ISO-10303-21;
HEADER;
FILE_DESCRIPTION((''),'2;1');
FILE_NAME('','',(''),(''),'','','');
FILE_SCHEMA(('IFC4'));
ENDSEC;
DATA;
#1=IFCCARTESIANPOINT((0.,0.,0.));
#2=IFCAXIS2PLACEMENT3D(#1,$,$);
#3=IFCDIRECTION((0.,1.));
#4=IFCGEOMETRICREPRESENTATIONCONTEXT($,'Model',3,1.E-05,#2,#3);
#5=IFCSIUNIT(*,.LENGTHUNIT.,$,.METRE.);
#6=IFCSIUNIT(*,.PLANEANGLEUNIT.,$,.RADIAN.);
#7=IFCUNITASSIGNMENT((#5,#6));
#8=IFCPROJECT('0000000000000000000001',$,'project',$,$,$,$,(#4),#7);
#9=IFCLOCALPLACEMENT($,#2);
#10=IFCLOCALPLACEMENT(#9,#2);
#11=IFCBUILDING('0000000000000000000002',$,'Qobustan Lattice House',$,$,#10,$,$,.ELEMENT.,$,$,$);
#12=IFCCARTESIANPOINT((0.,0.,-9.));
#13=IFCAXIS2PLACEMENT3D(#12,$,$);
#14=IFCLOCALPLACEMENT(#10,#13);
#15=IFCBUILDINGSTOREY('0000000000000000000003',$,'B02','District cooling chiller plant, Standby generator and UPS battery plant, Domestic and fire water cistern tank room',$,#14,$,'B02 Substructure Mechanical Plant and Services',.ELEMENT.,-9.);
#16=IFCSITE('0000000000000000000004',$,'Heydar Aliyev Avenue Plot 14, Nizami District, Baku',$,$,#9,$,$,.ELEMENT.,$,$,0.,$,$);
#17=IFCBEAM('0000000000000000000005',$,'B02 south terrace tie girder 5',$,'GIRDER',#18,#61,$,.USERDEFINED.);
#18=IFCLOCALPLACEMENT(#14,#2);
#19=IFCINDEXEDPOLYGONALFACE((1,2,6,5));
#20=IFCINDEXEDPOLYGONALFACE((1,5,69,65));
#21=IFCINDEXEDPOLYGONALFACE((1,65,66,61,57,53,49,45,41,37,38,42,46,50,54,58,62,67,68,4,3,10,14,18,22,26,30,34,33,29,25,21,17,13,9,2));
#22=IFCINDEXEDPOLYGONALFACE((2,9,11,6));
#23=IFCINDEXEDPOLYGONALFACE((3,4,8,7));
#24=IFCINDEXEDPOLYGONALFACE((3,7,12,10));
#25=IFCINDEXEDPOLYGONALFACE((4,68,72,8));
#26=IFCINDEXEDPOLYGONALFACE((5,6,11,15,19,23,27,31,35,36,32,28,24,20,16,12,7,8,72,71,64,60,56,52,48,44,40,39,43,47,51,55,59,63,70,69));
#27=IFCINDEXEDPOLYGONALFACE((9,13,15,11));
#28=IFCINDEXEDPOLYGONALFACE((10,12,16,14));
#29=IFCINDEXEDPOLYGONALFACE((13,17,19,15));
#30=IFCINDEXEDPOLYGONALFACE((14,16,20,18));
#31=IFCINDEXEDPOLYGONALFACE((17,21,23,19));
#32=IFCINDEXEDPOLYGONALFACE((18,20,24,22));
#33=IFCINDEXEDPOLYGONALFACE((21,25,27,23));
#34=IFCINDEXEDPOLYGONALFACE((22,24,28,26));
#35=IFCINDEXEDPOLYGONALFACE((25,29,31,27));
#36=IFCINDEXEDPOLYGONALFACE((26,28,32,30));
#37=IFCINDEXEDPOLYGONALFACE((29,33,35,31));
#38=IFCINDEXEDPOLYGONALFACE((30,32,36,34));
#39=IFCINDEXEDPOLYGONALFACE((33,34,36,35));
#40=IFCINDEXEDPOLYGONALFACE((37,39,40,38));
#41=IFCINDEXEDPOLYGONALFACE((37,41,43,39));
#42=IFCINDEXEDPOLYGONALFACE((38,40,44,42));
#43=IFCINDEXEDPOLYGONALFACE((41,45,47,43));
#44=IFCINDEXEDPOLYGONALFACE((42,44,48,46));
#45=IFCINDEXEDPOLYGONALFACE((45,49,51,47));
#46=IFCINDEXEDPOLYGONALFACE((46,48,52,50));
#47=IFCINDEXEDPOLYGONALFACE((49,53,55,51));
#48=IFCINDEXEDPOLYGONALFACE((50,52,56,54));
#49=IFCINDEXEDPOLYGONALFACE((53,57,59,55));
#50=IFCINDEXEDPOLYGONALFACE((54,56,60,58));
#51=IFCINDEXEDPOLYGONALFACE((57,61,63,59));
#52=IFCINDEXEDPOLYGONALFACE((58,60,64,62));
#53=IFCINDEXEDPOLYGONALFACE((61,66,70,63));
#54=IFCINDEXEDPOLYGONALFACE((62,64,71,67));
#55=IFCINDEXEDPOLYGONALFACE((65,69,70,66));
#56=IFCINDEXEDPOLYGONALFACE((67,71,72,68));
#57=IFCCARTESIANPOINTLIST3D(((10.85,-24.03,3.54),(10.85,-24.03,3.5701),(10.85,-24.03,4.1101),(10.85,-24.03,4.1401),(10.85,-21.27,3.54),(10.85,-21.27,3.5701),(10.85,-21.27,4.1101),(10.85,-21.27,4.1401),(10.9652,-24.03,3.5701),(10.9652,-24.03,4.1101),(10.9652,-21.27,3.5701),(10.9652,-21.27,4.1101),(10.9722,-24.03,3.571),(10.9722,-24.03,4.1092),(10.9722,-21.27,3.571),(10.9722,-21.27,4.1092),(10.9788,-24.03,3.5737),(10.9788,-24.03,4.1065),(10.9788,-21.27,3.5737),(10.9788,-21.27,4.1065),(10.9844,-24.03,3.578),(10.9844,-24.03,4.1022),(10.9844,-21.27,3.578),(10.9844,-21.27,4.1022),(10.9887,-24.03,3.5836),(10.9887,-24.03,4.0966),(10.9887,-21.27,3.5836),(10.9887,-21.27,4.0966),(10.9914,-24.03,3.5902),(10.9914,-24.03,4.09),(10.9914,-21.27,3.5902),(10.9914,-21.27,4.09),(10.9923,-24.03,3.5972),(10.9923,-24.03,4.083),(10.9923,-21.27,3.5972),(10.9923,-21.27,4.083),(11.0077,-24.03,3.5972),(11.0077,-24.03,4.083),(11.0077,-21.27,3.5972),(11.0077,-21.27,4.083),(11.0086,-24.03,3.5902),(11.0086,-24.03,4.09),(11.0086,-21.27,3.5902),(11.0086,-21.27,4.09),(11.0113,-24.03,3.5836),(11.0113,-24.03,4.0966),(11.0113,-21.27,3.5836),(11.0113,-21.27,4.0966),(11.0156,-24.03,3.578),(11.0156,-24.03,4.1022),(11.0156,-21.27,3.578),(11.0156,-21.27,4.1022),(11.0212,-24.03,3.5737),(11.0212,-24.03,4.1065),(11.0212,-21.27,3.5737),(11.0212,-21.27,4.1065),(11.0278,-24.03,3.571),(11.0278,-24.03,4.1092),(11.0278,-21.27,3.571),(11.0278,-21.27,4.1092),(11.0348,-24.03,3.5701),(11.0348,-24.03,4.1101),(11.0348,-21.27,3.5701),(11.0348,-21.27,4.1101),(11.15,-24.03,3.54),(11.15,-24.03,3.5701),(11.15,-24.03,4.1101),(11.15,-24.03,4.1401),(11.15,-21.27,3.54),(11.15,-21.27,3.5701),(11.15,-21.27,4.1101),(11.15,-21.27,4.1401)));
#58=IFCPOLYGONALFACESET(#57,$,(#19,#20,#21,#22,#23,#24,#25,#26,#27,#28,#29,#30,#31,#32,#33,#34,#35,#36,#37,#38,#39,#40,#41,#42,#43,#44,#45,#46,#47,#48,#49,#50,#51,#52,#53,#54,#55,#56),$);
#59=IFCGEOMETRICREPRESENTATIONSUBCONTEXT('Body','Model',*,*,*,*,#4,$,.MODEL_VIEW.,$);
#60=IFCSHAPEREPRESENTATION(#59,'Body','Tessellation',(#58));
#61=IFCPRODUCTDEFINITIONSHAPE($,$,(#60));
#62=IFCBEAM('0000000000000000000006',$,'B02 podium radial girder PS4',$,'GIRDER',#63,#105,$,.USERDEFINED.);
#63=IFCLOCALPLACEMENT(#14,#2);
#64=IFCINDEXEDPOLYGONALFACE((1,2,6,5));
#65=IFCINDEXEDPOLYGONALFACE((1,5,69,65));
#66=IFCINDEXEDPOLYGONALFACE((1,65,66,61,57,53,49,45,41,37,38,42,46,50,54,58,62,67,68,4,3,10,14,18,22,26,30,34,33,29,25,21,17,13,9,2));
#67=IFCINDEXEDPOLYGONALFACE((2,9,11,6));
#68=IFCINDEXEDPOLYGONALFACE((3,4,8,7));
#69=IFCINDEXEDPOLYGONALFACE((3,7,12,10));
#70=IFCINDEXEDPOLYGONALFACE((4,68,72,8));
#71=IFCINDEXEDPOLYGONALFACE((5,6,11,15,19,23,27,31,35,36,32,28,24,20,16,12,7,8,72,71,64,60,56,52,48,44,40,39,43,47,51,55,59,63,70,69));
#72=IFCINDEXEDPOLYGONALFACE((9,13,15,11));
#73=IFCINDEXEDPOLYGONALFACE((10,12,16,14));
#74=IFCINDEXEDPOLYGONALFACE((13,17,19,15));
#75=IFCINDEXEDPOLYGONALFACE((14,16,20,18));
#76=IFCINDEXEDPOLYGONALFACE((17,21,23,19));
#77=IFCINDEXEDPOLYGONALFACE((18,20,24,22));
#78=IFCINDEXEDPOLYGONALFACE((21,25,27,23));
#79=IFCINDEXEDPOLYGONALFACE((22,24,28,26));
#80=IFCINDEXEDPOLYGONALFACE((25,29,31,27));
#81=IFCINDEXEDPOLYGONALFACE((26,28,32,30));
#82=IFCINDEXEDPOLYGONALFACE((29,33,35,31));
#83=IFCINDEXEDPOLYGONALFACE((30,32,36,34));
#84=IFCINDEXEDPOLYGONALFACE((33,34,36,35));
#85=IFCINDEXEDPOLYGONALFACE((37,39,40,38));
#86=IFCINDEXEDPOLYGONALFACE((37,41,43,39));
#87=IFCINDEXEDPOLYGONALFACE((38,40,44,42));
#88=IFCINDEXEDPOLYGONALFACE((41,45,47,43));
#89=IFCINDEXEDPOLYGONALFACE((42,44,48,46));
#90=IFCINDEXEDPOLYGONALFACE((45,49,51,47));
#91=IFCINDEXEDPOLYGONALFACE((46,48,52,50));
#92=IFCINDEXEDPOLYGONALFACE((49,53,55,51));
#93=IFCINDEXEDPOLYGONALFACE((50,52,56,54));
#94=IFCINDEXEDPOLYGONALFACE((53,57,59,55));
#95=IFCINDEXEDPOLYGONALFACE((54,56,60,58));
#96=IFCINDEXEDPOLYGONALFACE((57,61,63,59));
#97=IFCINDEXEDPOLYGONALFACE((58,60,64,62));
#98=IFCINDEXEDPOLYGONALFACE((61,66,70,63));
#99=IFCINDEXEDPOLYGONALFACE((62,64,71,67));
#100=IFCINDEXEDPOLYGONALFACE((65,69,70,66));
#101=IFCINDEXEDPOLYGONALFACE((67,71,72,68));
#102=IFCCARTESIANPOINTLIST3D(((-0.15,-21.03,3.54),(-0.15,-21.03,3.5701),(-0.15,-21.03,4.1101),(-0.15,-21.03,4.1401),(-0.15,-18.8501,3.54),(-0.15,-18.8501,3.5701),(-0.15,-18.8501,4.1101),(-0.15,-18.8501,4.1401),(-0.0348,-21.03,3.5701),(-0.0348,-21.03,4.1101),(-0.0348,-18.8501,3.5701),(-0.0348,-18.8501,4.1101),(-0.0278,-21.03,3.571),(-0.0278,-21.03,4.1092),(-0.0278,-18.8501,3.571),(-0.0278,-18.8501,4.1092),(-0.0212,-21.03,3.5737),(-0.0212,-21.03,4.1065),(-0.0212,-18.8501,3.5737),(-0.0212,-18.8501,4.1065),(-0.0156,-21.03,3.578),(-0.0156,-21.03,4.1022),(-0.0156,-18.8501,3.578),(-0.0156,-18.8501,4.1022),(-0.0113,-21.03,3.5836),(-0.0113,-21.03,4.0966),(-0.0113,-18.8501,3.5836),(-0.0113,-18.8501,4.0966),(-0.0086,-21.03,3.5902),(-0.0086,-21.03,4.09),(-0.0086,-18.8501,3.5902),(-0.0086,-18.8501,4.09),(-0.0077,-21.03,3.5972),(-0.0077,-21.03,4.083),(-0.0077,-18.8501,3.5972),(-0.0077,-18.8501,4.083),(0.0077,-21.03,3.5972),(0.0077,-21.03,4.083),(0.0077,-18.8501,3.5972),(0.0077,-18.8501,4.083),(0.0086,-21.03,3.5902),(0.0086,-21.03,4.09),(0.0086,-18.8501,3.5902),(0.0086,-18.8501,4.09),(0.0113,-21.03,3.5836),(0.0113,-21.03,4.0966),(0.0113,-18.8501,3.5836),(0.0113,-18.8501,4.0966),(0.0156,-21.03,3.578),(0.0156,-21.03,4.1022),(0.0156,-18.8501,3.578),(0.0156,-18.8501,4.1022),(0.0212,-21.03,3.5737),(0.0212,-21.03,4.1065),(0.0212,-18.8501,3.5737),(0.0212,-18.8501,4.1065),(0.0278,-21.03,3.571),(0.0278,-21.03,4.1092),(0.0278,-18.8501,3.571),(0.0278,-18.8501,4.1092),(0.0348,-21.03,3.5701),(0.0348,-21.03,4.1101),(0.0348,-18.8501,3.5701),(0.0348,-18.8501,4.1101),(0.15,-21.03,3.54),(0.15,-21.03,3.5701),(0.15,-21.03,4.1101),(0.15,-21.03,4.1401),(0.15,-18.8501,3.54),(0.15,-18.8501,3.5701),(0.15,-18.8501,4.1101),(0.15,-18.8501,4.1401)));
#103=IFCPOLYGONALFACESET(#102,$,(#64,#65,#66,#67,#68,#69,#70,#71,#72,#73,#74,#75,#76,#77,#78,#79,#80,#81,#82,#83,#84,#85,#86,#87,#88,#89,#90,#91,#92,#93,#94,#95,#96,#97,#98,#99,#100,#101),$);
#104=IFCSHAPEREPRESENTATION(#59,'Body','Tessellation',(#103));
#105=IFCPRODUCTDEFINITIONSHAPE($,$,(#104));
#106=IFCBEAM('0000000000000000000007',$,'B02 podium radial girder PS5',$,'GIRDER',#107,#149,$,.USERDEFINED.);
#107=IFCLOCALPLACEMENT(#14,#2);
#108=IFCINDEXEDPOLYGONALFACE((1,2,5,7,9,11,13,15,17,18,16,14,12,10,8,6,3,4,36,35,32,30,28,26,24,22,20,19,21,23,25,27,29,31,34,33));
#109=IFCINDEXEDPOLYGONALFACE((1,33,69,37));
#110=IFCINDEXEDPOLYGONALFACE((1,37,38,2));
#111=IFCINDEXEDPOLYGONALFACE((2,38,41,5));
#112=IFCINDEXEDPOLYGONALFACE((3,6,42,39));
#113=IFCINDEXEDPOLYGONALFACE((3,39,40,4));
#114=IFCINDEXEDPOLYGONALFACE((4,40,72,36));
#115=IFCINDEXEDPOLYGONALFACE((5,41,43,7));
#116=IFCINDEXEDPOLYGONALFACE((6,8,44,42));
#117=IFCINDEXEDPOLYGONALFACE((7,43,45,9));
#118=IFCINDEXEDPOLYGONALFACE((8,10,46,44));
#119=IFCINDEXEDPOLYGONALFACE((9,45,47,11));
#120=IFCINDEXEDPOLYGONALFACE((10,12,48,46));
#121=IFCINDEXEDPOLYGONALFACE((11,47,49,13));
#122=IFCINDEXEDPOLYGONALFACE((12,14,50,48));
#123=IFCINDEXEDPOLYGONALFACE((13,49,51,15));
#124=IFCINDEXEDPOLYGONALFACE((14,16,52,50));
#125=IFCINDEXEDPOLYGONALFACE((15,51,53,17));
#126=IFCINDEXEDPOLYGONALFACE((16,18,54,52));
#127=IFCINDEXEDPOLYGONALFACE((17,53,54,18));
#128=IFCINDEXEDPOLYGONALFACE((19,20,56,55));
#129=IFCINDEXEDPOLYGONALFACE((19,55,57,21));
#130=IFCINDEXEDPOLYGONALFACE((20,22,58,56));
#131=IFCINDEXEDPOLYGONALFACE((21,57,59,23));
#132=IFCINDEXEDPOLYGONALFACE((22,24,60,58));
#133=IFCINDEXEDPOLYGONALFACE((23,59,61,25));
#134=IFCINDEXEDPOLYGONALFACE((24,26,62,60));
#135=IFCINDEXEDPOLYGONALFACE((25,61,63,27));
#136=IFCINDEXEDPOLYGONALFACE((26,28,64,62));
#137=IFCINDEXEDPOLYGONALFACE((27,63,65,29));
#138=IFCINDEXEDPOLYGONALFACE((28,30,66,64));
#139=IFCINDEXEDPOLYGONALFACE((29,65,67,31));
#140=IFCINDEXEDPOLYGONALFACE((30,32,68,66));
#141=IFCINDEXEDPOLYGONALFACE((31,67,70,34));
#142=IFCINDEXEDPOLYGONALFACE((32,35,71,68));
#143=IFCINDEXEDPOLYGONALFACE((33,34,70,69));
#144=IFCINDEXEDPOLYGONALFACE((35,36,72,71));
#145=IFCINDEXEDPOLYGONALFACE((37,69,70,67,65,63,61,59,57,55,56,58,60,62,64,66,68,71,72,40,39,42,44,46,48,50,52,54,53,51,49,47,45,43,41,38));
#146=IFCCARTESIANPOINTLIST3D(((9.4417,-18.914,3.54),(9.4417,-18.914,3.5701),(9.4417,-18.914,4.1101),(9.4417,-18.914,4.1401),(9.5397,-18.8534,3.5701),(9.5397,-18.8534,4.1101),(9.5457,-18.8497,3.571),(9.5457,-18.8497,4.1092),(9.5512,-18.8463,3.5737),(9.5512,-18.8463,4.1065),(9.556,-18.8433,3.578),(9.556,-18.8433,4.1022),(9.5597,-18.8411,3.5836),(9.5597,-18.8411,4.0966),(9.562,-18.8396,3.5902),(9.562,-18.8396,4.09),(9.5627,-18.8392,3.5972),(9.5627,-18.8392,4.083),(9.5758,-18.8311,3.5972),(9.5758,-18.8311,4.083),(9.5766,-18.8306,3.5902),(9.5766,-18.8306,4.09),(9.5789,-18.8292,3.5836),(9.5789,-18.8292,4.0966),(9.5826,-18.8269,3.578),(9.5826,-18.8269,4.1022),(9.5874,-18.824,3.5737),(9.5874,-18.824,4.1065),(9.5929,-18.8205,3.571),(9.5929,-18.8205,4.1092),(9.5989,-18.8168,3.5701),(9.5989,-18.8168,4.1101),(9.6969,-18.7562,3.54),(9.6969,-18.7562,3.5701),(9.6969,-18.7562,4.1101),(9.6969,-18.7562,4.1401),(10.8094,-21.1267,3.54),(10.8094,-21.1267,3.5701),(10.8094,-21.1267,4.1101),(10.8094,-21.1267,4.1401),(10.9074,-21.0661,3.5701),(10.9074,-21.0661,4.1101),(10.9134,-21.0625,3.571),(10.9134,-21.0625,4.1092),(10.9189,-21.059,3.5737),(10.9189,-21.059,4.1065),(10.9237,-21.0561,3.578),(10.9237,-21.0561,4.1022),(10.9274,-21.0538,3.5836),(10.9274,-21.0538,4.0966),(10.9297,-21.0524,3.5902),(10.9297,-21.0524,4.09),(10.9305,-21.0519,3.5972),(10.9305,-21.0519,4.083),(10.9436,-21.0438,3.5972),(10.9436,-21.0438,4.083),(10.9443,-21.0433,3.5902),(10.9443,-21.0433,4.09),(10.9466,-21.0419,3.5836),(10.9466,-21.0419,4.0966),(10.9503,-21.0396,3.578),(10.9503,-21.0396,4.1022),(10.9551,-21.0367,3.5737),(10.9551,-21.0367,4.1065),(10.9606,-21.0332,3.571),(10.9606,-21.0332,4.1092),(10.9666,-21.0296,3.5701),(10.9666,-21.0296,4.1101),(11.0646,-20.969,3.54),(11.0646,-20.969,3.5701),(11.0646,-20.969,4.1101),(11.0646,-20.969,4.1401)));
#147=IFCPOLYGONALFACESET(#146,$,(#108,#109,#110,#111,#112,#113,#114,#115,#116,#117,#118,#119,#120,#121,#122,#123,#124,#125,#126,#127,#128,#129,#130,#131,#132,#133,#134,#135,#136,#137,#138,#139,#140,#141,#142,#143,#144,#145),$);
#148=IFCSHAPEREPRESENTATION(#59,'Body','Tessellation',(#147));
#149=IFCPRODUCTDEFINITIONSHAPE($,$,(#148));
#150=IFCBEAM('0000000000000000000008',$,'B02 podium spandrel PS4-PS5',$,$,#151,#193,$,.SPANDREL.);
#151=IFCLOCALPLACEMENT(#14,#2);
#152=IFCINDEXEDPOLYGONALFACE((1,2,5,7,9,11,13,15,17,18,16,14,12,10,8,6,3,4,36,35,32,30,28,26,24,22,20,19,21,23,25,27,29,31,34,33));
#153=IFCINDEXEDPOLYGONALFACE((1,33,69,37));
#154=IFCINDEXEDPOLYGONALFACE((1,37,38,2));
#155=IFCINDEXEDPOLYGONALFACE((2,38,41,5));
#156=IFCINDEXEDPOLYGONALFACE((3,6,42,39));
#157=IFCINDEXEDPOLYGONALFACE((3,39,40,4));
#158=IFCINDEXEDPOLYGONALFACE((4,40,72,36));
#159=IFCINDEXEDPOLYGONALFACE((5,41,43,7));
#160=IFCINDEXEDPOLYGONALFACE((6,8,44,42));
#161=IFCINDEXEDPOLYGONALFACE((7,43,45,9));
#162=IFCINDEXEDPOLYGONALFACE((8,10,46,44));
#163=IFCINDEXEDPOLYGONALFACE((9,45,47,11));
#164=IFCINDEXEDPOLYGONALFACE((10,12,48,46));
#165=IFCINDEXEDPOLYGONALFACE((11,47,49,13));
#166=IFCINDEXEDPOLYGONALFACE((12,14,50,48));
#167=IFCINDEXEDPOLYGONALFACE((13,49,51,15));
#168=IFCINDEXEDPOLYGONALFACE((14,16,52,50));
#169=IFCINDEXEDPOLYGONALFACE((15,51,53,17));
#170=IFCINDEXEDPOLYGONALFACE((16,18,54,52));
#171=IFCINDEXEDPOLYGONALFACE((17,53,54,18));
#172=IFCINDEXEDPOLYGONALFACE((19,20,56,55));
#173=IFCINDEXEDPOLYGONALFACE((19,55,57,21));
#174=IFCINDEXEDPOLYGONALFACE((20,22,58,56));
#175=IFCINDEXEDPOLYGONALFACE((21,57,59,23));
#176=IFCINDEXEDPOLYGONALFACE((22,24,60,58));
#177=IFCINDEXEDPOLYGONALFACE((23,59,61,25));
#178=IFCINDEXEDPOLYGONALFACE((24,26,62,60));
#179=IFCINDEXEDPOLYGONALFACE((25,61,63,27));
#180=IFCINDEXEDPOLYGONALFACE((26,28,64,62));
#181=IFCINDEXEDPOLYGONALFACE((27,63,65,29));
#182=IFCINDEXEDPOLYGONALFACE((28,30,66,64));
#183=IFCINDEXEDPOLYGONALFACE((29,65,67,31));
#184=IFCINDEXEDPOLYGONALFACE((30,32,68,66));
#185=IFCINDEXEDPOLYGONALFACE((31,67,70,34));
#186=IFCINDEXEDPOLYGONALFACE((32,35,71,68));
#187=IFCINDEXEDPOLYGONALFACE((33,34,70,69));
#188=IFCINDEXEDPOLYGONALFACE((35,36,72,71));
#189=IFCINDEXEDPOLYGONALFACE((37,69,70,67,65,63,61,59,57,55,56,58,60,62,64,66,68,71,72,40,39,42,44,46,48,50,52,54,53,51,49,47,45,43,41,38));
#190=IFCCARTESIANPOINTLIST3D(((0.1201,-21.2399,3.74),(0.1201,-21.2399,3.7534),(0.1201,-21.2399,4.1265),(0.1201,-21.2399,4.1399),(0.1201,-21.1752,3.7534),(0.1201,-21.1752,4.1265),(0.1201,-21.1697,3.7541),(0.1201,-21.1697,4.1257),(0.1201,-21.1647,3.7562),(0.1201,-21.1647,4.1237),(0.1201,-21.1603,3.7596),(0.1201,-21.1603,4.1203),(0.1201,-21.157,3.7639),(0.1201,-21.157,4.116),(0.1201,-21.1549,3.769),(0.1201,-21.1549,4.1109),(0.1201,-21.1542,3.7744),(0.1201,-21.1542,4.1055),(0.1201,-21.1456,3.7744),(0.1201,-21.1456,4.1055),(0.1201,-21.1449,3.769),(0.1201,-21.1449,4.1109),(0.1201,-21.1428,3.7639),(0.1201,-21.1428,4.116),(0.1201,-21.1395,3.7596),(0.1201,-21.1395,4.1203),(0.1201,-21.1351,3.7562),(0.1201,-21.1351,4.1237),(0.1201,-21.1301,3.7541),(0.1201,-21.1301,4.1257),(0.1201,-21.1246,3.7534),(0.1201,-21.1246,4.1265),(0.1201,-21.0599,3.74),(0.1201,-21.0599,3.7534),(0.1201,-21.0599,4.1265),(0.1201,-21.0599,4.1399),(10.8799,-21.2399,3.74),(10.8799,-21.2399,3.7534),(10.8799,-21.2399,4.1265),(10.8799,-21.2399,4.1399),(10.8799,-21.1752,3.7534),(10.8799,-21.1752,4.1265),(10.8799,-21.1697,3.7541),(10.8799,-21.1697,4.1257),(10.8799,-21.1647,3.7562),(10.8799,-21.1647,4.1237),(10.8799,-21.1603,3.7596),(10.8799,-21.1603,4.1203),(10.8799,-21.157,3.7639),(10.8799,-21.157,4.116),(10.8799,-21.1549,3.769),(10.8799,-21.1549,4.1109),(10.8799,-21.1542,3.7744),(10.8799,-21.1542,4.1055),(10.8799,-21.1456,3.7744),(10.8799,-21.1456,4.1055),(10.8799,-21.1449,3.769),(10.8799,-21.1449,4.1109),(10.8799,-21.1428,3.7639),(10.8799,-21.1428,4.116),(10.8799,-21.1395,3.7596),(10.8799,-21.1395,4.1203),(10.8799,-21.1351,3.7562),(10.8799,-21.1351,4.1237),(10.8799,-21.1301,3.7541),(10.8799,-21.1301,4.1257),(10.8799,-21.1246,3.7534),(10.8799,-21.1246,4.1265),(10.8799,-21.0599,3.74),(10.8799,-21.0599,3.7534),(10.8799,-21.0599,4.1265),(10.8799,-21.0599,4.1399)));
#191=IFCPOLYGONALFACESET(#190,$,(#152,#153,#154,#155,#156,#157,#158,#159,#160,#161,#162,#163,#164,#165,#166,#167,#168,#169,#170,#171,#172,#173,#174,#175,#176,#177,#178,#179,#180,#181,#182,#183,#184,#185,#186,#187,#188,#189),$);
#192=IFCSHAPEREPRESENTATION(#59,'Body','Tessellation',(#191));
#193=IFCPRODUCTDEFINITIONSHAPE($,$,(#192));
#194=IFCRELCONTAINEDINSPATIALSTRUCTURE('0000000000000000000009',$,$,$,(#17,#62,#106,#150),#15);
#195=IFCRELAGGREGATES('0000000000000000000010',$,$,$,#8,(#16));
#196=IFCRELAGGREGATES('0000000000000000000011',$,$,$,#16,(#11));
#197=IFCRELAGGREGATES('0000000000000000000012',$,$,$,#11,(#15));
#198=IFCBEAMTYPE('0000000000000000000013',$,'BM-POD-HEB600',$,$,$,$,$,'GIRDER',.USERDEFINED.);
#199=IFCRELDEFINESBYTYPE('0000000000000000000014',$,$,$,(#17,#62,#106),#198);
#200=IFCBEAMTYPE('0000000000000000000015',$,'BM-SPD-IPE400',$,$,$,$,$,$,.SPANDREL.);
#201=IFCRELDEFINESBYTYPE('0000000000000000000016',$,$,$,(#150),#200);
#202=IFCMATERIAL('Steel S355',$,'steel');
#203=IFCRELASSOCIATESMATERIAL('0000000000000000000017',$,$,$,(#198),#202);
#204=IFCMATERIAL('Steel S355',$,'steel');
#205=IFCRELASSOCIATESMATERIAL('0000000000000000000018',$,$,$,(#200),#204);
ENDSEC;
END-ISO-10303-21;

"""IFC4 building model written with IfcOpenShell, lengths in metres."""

from ifc_helpers import new_model, si_unit, direction, frame, origin, origin_2d, place, context, subcontext, project, spatial, i_section, extrude, material, material_profile, profile_set, type_object, element, save


model = new_model("IFC4")

# Units and contexts
model_context = context("Model", 3, precision=1e-05, world=origin(), true_north=direction((0.0, 1.0)))
body_context = subcontext(model_context, "Body", "Model", "MODEL_VIEW")
ifc_project = project(units=[si_unit("LENGTHUNIT", "METRE"), si_unit("PLANEANGLEUNIT", "RADIAN")], contexts=[model_context])

# Site, building, storey
site_placement = place(None, origin())
site = spatial("IfcSite", under=ifc_project, at=site_placement, Name="Heydar Aliyev Avenue Plot 14, Nizami District, Baku", CompositionType="ELEMENT", RefElevation=0.0)
building_placement = place(site_placement, origin())
building = spatial("IfcBuilding", under=site, at=building_placement, Name="Qobustan Lattice House", CompositionType="ELEMENT")
storey_placement = place(building_placement, frame((0.0, 0.0, -9.0)))
storey = spatial("IfcBuildingStorey", under=building, at=storey_placement, Name="B02", Description="District cooling chiller plant, Standby generator and UPS battery plant, Domestic and fire water cistern tank room", LongName="B02 Substructure Mechanical Plant and Services", CompositionType="ELEMENT", Elevation=-9.0)

# Beams
ifc_material_1 = material(Name="Steel S355", Category="steel")
ifc_material_profile_1 = material_profile(ifc_material_1, i_section(OverallWidth=0.3, OverallDepth=0.6001, WebThickness=0.0154, FlangeThickness=0.03, FilletRadius=0.0271, at=origin_2d()), Name="HEB600")
ifc_profile_set_1 = profile_set([ifc_material_profile_1], Name="Steel S355")
beam_type_1 = type_object("IfcBeamType", Name="BM-POD-HEB600", ElementType="GIRDER", PredefinedType="USERDEFINED", material=ifc_profile_set_1)
for number, where, z_axis, x_axis, name in (
    (1, (11.0, -24.03, 3.8401), (0.0, 1.0, 0.0), (-1.0, 0.0, 0.0), "B02 south terrace tie girder 5"),
):
    element("IfcBeam", number, at=place(storey_placement, frame(where, z_axis=z_axis, x_axis=x_axis)), inside=storey, type_object=beam_type_1, Name=name, ObjectType="GIRDER", PredefinedType="USERDEFINED", context=body_context, shape_type="SweptSolid", body=[
        extrude(i_section(OverallWidth=0.3, OverallDepth=0.6001, WebThickness=0.0154, FlangeThickness=0.03, FilletRadius=0.0271, at=origin_2d()), origin(), (0.0, 0.0, 1.0), 2.76),
    ])
beam_1_placement = place(storey_placement, frame((0.0, -21.03, 3.8401), z_axis=(0.0, 1.0, 0.0), x_axis=(-1.0, 0.0, 0.0)))
element("IfcBeam", 2, at=beam_1_placement, inside=storey, type_object=beam_type_1, Name="B02 podium radial girder PS4", ObjectType="GIRDER", PredefinedType="USERDEFINED", context=body_context, shape_type="SweptSolid", body=[
    extrude(i_section(OverallWidth=0.3, OverallDepth=0.6001, WebThickness=0.0154, FlangeThickness=0.03, FilletRadius=0.0271, at=origin_2d()), origin(), (0.0, 0.0, 1.0), 2.1799),
])
beam_2_placement = place(storey_placement, frame((10.937, -21.0479, 3.8401), z_axis=(-0.525783, 0.850619, 0.0), x_axis=(-0.850619, -0.525783, 0.0)))
element("IfcBeam", 3, at=beam_2_placement, inside=storey, type_object=beam_type_1, Name="B02 podium radial girder PS5", ObjectType="GIRDER", PredefinedType="USERDEFINED", context=body_context, shape_type="SweptSolid", body=[
    extrude(i_section(OverallWidth=0.3, OverallDepth=0.6001, WebThickness=0.0154, FlangeThickness=0.03, FilletRadius=0.0271, at=origin_2d()), origin(), (0.0, 0.0, 1.0), 2.6013),
])
ifc_material_2 = material(Name="Steel S355", Category="steel")
ifc_material_profile_2 = material_profile(ifc_material_2, i_section(OverallWidth=0.1799, OverallDepth=0.3999, WebThickness=0.0085, FlangeThickness=0.0134, FilletRadius=0.021, at=origin_2d()), Name="IPE400")
ifc_profile_set_2 = profile_set([ifc_material_profile_2], Name="Steel S355")
beam_type_2 = type_object("IfcBeamType", Name="BM-SPD-IPE400", PredefinedType="SPANDREL", material=ifc_profile_set_2)
for number, where, z_axis, x_axis, name in (
    (4, (0.1201, -21.1499, 3.9399), (1.0, 0.0, 0.0), (0.0, 1.0, 0.0), "B02 podium spandrel PS4-PS5"),
):
    element("IfcBeam", number, at=place(storey_placement, frame(where, z_axis=z_axis, x_axis=x_axis)), inside=storey, type_object=beam_type_2, Name=name, PredefinedType="SPANDREL", context=body_context, shape_type="SweptSolid", body=[
        extrude(i_section(OverallWidth=0.1799, OverallDepth=0.3999, WebThickness=0.0085, FlangeThickness=0.0134, FilletRadius=0.021, at=origin_2d()), origin(), (0.0, 0.0, 1.0), 10.7598),
    ])

save(model, "model.ifc")
